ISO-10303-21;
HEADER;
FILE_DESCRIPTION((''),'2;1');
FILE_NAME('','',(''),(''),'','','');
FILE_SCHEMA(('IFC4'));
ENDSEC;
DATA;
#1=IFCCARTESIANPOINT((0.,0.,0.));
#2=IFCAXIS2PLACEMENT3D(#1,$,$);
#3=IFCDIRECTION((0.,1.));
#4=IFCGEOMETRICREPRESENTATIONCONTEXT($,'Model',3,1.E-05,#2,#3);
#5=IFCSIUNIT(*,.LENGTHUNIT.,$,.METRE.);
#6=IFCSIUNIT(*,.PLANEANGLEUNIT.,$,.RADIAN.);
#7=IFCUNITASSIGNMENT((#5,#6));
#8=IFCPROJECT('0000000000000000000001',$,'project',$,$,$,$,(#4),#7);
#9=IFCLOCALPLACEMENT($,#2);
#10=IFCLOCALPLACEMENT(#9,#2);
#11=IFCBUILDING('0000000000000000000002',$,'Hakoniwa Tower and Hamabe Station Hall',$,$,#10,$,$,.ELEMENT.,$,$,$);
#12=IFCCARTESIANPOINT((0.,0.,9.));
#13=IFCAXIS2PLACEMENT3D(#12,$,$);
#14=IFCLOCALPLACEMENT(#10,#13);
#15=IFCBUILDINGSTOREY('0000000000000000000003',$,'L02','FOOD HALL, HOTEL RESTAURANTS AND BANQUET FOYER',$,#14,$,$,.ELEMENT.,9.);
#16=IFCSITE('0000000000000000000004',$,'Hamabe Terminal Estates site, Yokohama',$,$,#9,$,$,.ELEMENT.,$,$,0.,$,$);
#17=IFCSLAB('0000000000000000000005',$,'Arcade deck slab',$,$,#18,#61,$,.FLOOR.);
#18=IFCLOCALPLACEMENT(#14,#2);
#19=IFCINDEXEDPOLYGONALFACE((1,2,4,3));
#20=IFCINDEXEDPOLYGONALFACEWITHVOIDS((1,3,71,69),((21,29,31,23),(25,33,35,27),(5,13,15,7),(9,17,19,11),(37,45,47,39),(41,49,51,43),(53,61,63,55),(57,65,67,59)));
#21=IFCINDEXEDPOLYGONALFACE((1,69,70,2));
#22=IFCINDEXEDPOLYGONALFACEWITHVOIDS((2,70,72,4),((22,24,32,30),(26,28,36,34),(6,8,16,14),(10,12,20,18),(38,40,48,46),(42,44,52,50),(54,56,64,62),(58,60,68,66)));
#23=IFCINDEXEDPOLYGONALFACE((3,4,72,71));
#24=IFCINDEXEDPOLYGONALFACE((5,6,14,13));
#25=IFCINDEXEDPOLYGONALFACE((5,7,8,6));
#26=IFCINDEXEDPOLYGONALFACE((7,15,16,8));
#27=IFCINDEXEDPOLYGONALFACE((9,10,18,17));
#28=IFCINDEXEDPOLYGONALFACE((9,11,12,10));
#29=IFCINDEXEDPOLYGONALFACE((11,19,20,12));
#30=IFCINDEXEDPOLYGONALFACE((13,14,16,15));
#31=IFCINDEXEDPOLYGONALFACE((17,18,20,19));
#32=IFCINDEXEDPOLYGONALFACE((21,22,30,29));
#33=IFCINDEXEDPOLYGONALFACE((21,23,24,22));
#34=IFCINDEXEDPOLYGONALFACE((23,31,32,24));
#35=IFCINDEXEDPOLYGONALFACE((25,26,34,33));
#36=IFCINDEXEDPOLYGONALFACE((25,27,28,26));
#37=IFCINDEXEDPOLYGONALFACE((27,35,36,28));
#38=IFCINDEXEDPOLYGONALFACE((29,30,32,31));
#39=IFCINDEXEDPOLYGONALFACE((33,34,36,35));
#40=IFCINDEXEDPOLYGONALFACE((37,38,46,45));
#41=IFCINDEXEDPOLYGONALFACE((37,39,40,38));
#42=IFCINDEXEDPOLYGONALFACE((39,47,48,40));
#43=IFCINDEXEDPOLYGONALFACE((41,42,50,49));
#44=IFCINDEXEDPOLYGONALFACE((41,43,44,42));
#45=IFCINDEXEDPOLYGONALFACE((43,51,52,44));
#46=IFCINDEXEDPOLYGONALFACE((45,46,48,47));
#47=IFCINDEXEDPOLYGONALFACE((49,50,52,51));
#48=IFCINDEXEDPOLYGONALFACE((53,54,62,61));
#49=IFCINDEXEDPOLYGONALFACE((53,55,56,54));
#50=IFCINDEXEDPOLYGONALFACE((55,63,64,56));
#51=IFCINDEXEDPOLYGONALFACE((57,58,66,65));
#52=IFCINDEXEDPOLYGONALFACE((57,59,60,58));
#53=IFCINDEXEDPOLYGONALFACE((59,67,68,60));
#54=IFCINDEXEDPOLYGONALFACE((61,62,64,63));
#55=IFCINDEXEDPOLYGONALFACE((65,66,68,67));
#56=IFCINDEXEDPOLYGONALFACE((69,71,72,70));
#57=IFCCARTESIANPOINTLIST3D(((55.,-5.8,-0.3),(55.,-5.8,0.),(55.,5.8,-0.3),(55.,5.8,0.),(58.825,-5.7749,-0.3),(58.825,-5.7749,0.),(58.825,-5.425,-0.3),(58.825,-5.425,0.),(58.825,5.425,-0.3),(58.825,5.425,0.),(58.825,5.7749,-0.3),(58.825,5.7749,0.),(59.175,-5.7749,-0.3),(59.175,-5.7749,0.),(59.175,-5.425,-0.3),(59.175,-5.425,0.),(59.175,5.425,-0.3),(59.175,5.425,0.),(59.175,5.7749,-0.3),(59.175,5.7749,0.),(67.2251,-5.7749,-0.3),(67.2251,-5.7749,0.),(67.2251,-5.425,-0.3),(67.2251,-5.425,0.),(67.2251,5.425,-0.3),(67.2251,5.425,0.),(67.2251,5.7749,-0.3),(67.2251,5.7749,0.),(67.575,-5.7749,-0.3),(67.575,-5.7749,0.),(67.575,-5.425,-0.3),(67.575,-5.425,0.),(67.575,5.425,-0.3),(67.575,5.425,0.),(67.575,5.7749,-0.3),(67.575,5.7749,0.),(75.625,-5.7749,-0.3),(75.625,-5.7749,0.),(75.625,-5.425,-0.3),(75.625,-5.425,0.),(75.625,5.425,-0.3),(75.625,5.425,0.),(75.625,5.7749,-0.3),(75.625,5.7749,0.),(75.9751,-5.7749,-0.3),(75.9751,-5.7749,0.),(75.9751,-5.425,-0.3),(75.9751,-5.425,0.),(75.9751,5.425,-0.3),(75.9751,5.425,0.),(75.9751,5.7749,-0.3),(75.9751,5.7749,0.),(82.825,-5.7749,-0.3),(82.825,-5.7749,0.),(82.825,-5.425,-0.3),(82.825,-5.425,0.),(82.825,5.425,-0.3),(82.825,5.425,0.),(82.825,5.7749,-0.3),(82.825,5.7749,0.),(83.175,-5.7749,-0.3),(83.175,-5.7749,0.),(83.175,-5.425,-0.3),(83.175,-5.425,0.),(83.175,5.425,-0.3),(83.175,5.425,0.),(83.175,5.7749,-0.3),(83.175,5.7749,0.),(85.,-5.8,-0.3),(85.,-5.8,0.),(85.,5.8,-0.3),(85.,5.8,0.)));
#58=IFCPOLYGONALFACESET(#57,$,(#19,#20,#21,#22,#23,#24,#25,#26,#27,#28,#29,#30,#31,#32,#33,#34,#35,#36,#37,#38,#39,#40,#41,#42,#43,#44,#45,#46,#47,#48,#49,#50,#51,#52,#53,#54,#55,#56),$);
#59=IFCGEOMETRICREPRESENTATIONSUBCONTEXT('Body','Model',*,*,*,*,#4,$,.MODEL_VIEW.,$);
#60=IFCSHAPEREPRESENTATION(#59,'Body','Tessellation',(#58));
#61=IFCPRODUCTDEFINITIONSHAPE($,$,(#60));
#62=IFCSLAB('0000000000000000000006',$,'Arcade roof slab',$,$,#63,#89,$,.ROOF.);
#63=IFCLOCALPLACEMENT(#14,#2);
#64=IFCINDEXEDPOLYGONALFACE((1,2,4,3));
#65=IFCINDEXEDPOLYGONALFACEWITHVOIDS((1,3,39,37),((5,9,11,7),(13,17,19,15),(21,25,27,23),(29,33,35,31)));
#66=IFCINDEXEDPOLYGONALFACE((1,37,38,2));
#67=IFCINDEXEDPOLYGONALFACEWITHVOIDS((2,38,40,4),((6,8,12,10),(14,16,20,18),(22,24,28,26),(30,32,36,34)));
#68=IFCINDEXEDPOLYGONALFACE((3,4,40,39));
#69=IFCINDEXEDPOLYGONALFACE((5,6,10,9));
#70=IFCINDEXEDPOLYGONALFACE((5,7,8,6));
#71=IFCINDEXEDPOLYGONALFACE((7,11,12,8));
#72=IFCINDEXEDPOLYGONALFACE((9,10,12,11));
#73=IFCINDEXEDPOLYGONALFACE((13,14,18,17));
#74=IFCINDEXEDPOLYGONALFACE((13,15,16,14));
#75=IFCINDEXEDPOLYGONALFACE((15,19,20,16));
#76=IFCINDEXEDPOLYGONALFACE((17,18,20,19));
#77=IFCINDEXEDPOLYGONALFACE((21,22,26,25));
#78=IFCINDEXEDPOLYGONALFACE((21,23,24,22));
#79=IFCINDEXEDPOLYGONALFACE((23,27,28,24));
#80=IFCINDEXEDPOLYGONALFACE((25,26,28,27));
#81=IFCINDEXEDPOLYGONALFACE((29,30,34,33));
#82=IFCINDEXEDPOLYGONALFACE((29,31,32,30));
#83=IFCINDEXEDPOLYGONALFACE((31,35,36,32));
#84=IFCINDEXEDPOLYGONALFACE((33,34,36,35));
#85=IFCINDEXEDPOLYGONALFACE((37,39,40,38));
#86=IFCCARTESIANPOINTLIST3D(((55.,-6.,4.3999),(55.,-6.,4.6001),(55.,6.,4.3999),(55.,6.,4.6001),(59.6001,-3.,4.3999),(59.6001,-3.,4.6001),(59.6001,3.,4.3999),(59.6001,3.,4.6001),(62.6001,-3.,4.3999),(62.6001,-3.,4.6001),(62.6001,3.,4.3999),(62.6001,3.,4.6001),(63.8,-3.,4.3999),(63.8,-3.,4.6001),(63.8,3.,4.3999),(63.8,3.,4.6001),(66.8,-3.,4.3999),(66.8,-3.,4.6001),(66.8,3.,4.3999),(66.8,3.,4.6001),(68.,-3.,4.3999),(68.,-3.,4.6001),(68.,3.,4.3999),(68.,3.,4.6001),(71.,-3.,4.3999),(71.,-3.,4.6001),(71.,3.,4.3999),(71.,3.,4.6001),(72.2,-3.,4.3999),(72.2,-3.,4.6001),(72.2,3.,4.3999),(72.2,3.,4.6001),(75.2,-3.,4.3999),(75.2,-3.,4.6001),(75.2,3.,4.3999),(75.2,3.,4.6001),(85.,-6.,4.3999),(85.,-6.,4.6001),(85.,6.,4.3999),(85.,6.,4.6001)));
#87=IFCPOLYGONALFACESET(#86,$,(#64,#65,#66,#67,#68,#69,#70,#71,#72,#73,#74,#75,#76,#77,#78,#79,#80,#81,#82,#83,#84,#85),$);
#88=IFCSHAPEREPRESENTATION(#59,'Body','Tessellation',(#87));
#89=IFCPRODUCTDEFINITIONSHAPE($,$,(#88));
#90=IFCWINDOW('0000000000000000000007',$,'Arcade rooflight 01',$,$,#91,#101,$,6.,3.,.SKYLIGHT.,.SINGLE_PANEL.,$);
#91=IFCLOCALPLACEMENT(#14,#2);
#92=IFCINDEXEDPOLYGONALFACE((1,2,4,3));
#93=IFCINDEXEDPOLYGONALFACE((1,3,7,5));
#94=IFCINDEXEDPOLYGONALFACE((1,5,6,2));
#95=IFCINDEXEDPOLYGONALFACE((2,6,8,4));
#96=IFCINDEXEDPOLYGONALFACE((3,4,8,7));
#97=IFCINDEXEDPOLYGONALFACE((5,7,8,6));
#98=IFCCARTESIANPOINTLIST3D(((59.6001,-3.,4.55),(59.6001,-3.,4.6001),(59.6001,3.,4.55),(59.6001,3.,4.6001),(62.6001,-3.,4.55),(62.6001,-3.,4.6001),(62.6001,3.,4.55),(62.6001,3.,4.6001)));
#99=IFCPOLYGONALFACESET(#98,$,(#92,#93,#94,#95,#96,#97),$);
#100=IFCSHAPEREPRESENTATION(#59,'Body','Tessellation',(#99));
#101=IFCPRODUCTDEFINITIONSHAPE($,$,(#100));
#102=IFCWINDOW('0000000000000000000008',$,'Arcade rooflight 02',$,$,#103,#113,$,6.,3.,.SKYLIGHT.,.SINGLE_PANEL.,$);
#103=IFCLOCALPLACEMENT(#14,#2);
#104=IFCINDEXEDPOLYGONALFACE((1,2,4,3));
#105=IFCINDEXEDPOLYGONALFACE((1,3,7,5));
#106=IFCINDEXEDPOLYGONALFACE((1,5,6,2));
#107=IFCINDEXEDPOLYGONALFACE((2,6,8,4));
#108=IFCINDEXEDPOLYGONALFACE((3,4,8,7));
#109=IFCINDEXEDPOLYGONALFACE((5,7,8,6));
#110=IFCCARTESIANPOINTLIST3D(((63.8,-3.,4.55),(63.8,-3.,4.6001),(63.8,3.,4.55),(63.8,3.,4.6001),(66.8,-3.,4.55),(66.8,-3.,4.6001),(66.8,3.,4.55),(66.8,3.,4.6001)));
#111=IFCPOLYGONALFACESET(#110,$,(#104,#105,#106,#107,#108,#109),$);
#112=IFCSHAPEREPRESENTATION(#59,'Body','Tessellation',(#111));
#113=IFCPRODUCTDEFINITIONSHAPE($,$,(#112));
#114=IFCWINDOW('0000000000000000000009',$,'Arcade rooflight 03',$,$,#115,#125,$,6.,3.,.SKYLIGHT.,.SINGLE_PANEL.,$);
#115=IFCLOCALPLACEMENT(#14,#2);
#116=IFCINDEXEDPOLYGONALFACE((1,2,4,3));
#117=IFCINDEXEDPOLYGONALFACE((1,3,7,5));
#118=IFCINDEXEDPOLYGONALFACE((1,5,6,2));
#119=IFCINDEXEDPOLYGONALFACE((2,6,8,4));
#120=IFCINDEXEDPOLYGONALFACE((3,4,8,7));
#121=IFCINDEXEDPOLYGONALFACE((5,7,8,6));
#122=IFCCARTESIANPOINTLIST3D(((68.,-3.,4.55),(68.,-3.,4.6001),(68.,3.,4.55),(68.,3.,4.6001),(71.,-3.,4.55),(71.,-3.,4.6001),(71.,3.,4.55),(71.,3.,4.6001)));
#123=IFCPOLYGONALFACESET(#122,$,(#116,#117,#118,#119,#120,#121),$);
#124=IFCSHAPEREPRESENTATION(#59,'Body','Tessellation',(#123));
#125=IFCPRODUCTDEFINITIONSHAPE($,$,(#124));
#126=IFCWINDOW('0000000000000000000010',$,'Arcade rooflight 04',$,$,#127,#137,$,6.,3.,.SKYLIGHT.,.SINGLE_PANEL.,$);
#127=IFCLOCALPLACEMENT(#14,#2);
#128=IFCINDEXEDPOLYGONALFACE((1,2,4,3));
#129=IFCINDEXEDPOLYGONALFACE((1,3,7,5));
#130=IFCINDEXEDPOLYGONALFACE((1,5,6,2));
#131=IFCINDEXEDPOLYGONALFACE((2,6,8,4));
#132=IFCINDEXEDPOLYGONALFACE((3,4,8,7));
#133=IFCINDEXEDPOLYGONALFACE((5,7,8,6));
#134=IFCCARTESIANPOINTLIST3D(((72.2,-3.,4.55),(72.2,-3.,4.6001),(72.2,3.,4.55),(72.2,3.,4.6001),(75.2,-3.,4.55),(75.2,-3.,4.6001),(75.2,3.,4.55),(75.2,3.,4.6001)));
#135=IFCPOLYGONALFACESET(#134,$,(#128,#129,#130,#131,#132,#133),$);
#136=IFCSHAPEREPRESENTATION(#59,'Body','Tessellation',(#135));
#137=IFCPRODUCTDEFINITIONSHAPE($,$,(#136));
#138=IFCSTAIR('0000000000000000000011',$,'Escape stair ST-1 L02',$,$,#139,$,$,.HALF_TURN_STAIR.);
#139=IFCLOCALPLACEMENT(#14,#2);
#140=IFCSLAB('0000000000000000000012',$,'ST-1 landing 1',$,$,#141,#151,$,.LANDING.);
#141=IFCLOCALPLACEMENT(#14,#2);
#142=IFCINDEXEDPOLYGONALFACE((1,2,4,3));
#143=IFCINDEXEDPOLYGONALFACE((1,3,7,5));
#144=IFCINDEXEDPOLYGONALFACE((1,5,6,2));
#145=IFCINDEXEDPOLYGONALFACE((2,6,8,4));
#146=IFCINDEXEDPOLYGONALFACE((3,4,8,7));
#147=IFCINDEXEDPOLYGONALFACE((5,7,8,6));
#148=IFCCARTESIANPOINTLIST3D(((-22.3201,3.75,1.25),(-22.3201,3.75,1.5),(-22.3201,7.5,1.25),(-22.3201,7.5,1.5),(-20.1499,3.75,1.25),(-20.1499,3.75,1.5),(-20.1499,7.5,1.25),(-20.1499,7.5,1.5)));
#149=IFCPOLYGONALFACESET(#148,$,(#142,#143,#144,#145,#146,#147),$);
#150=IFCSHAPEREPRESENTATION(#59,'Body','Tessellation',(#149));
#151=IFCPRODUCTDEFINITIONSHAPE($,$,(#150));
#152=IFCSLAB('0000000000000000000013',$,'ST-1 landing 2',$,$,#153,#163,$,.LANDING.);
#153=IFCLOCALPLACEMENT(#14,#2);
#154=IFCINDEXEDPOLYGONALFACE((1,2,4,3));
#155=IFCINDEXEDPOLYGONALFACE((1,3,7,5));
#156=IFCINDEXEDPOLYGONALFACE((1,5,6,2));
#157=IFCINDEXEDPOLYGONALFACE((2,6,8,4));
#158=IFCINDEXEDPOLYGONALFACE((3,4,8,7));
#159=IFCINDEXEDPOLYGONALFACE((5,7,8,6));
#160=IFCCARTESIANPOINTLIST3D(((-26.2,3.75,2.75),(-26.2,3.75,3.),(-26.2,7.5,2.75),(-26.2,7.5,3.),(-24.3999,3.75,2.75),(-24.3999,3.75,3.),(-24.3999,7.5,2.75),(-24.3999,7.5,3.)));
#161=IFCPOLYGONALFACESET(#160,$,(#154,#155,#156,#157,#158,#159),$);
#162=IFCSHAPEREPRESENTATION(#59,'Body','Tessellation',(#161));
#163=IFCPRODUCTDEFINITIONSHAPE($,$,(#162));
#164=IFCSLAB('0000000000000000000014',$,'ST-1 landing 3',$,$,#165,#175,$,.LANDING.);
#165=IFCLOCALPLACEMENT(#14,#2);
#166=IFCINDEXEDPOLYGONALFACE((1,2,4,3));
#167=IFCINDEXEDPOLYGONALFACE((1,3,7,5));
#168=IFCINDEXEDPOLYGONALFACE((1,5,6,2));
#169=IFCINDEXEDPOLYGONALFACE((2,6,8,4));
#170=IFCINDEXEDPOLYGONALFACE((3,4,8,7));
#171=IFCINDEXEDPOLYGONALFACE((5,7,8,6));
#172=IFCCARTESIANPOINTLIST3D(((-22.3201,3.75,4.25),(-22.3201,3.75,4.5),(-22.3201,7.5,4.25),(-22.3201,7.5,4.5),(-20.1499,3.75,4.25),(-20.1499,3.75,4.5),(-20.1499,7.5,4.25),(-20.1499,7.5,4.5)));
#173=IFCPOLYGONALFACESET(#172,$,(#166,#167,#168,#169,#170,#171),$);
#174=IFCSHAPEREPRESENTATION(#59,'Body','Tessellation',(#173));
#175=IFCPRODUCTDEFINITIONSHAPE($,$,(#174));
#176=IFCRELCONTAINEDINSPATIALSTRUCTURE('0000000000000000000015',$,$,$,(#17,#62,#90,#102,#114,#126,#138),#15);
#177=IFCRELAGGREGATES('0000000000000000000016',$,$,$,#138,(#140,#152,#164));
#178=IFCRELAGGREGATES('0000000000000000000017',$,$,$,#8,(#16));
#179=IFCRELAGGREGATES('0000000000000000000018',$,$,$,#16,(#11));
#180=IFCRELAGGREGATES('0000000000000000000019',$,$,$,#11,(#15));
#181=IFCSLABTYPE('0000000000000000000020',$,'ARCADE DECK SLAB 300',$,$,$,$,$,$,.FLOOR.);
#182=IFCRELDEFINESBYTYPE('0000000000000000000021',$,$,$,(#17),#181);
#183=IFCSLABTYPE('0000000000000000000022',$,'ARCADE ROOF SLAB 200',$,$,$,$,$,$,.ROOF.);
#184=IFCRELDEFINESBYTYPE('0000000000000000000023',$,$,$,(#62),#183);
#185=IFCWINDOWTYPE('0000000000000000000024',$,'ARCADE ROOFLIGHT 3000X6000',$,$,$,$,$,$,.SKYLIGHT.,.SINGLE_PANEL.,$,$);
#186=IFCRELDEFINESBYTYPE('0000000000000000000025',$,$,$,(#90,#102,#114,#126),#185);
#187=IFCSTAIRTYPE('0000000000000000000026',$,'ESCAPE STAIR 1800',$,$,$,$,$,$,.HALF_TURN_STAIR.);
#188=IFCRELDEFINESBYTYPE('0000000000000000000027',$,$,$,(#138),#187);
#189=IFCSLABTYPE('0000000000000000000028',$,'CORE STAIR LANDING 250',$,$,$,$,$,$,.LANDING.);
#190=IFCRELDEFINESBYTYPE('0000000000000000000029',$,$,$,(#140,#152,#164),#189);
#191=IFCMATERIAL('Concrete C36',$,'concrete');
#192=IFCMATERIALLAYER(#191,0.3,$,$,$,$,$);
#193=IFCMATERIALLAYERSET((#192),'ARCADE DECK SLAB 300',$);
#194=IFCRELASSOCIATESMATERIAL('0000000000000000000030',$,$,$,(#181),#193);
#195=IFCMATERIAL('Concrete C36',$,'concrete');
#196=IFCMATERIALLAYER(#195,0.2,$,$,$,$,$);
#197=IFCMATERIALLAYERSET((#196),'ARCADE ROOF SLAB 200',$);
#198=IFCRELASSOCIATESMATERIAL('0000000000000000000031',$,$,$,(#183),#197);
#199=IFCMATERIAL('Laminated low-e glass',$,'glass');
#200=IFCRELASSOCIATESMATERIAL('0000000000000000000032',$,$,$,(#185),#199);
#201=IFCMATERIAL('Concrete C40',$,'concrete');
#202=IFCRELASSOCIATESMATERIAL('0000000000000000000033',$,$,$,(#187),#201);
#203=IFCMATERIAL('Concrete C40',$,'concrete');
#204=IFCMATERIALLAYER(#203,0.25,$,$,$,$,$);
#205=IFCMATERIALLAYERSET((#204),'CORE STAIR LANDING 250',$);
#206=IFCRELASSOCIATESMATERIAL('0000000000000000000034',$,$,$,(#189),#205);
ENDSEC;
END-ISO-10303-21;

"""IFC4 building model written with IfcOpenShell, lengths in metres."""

from ifc_helpers import new_model, si_unit, direction, frame, origin, origin_2d, place, context, subcontext, project, spatial, polyline, rectangle, outline, extrude, material, layer, layer_set, type_object, element, fill, aggregate, save


model = new_model("IFC4")

# Units and contexts
model_context = context("Model", 3, precision=1e-05, world=origin(), true_north=direction((0.0, 1.0)))
body_context = subcontext(model_context, "Body", "Model", "MODEL_VIEW")
ifc_project = project(units=[si_unit("LENGTHUNIT", "METRE"), si_unit("PLANEANGLEUNIT", "RADIAN")], contexts=[model_context])

# Site, building, storey
site_placement = place(None, origin())
site = spatial("IfcSite", under=ifc_project, at=site_placement, Name="Hamabe Terminal Estates site, Yokohama", CompositionType="ELEMENT", RefElevation=0.0)
building_placement = place(site_placement, origin())
building = spatial("IfcBuilding", under=site, at=building_placement, Name="Hakoniwa Tower and Hamabe Station Hall", CompositionType="ELEMENT")
storey_placement = place(building_placement, frame((0.0, 0.0, 9.0)))
storey = spatial("IfcBuildingStorey", under=building, at=storey_placement, Name="L02", Description="FOOD HALL, HOTEL RESTAURANTS AND BANQUET FOYER", CompositionType="ELEMENT", Elevation=9.0)

# Slab
ifc_material_1 = material(Name="Concrete C36", Category="concrete")
ifc_layer_1 = layer(ifc_material_1, 0.3)
ifc_layer_set_1 = layer_set([ifc_layer_1], Name="ARCADE DECK SLAB 300")
slab_type_1 = type_object("IfcSlabType", Name="ARCADE DECK SLAB 300", PredefinedType="FLOOR", material=ifc_layer_set_1)
slab_1_placement = place(storey_placement, frame((0.0, 0.0, -0.3)))
element("IfcSlab", 1, at=slab_1_placement, inside=storey, type_object=slab_type_1, Name="Arcade deck slab", PredefinedType="FLOOR", context=body_context, shape_type="SweptSolid", body=[
    extrude(outline(polyline([(55.0, -5.8), (85.0, -5.8), (85.0, 5.8), (55.0, 5.8), (55.0, -5.8)]), holes=[polyline([(58.825, -5.425), (59.175, -5.425), (59.175, -5.7749), (58.825, -5.7749), (58.825, -5.425)]), polyline([(67.2251, -5.425), (67.575, -5.425), (67.575, -5.7749), (67.2251, -5.7749), (67.2251, -5.425)]), polyline([(75.625, -5.425), (75.9751, -5.425), (75.9751, -5.7749), (75.625, -5.7749), (75.625, -5.425)]), polyline([(82.825, -5.425), (83.175, -5.425), (83.175, -5.7749), (82.825, -5.7749), (82.825, -5.425)]), polyline([(58.825, 5.7749), (59.175, 5.7749), (59.175, 5.425), (58.825, 5.425), (58.825, 5.7749)]), polyline([(67.2251, 5.7749), (67.575, 5.7749), (67.575, 5.425), (67.2251, 5.425), (67.2251, 5.7749)]), polyline([(75.625, 5.7749), (75.9751, 5.7749), (75.9751, 5.425), (75.625, 5.425), (75.625, 5.7749)]), polyline([(82.825, 5.7749), (83.175, 5.7749), (83.175, 5.425), (82.825, 5.425), (82.825, 5.7749)])]), origin(), (0.0, 0.0, 1.0), 0.3),
])

# Slab, openings, windows
ifc_material_2 = material(Name="Concrete C36", Category="concrete")
ifc_layer_2 = layer(ifc_material_2, 0.2)
ifc_layer_set_2 = layer_set([ifc_layer_2], Name="ARCADE ROOF SLAB 200")
slab_type_2 = type_object("IfcSlabType", Name="ARCADE ROOF SLAB 200", PredefinedType="ROOF", material=ifc_layer_set_2)
slab_2_placement = place(storey_placement, frame((0.0, 0.0, 4.3999)))
slab_2 = element("IfcSlab", 2, at=slab_2_placement, inside=storey, type_object=slab_type_2, Name="Arcade roof slab", PredefinedType="ROOF", context=body_context, shape_type="SweptSolid", body=[
    extrude(outline(polyline([(85.0, -6.0), (85.0, 6.0), (55.0, 6.0), (55.0, -6.0), (85.0, -6.0)])), origin(), (0.0, 0.0, 1.0), 0.2002),
])
opening_1_placement = place(slab_2_placement, frame((61.1001, 0.0, 0.0)))
opening_1 = element("IfcOpeningElement", 3, at=opening_1_placement, cuts=slab_2, PredefinedType="OPENING", context=body_context, shape_type="SweptSolid", body=[
    extrude(rectangle(XDim=3.0, YDim=6.0, at=origin_2d()), origin(), (0.0, 0.0, 1.0), 0.2002),
])
opening_2_placement = place(slab_2_placement, frame((65.3, 0.0, 0.0)))
opening_2 = element("IfcOpeningElement", 4, at=opening_2_placement, cuts=slab_2, PredefinedType="OPENING", context=body_context, shape_type="SweptSolid", body=[
    extrude(rectangle(XDim=3.0, YDim=6.0, at=origin_2d()), origin(), (0.0, 0.0, 1.0), 0.2002),
])
opening_3_placement = place(slab_2_placement, frame((69.5, 0.0, 0.0)))
opening_3 = element("IfcOpeningElement", 5, at=opening_3_placement, cuts=slab_2, PredefinedType="OPENING", context=body_context, shape_type="SweptSolid", body=[
    extrude(rectangle(XDim=3.0, YDim=6.0, at=origin_2d()), origin(), (0.0, 0.0, 1.0), 0.2002),
])
opening_4_placement = place(slab_2_placement, frame((73.7, 0.0, 0.0)))
opening_4 = element("IfcOpeningElement", 6, at=opening_4_placement, cuts=slab_2, PredefinedType="OPENING", context=body_context, shape_type="SweptSolid", body=[
    extrude(rectangle(XDim=3.0, YDim=6.0, at=origin_2d()), origin(), (0.0, 0.0, 1.0), 0.2002),
])
ifc_material_3 = material(Name="Laminated low-e glass", Category="glass")
window_type = type_object("IfcWindowType", Name="ARCADE ROOFLIGHT 3000X6000", PartitioningType="SINGLE_PANEL", PredefinedType="SKYLIGHT", material=ifc_material_3)
window_1_placement = place(opening_1_placement, frame((0.0, 0.0, 0.1501)))
window_1 = element("IfcWindow", 7, at=window_1_placement, inside=storey, type_object=window_type, Name="Arcade rooflight 01", OverallHeight=6.0, OverallWidth=3.0, PartitioningType="SINGLE_PANEL", PredefinedType="SKYLIGHT", context=body_context, shape_type="SweptSolid", body=[
    extrude(rectangle(XDim=3.0, YDim=6.0, at=origin_2d()), origin(), (0.0, 0.0, 1.0), 0.05),
])
fill(opening_1, window_1)
window_2_placement = place(opening_2_placement, frame((0.0, 0.0, 0.1501)))
window_2 = element("IfcWindow", 8, at=window_2_placement, inside=storey, type_object=window_type, Name="Arcade rooflight 02", OverallHeight=6.0, OverallWidth=3.0, PartitioningType="SINGLE_PANEL", PredefinedType="SKYLIGHT", context=body_context, shape_type="SweptSolid", body=[
    extrude(rectangle(XDim=3.0, YDim=6.0, at=origin_2d()), origin(), (0.0, 0.0, 1.0), 0.05),
])
fill(opening_2, window_2)
window_3_placement = place(opening_3_placement, frame((0.0, 0.0, 0.1501)))
window_3 = element("IfcWindow", 9, at=window_3_placement, inside=storey, type_object=window_type, Name="Arcade rooflight 03", OverallHeight=6.0, OverallWidth=3.0, PartitioningType="SINGLE_PANEL", PredefinedType="SKYLIGHT", context=body_context, shape_type="SweptSolid", body=[
    extrude(rectangle(XDim=3.0, YDim=6.0, at=origin_2d()), origin(), (0.0, 0.0, 1.0), 0.05),
])
fill(opening_3, window_3)
window_4_placement = place(opening_4_placement, frame((0.0, 0.0, 0.1501)))
window_4 = element("IfcWindow", 10, at=window_4_placement, inside=storey, type_object=window_type, Name="Arcade rooflight 04", OverallHeight=6.0, OverallWidth=3.0, PartitioningType="SINGLE_PANEL", PredefinedType="SKYLIGHT", context=body_context, shape_type="SweptSolid", body=[
    extrude(rectangle(XDim=3.0, YDim=6.0, at=origin_2d()), origin(), (0.0, 0.0, 1.0), 0.05),
])
fill(opening_4, window_4)

# Stair, slabs
ifc_material_4 = material(Name="Concrete C40", Category="concrete")
stair_type_1 = type_object("IfcStairType", Name="ESCAPE STAIR 1800", PredefinedType="HALF_TURN_STAIR", material=ifc_material_4)
stair_1_placement = place(storey_placement, origin())
stair_1 = element("IfcStair", 11, at=stair_1_placement, inside=storey, type_object=stair_type_1, Name="Escape stair ST-1 L02", PredefinedType="HALF_TURN_STAIR")
ifc_material_5 = material(Name="Concrete C40", Category="concrete")
ifc_layer_3 = layer(ifc_material_5, 0.25)
ifc_layer_set_3 = layer_set([ifc_layer_3], Name="CORE STAIR LANDING 250")
slab_type_3 = type_object("IfcSlabType", Name="CORE STAIR LANDING 250", PredefinedType="LANDING", material=ifc_layer_set_3)
slab_3_placement = place(storey_placement, frame((0.0, 0.0, 1.25)))
slab_3 = element("IfcSlab", 12, at=slab_3_placement, type_object=slab_type_3, Name="ST-1 landing 1", PredefinedType="LANDING", context=body_context, shape_type="SweptSolid", body=[
    extrude(outline(polyline([(-22.3201, 3.75), (-20.1499, 3.75), (-20.1499, 7.5), (-22.3201, 7.5), (-22.3201, 3.75)])), origin(), (0.0, 0.0, 1.0), 0.25),
])
slab_4_placement = place(storey_placement, frame((0.0, 0.0, 2.75)))
slab_4 = element("IfcSlab", 13, at=slab_4_placement, type_object=slab_type_3, Name="ST-1 landing 2", PredefinedType="LANDING", context=body_context, shape_type="SweptSolid", body=[
    extrude(outline(polyline([(-26.2, 3.75), (-24.3999, 3.75), (-24.3999, 7.5), (-26.2, 7.5), (-26.2, 3.75)])), origin(), (0.0, 0.0, 1.0), 0.25),
])
slab_5_placement = place(storey_placement, frame((0.0, 0.0, 4.25)))
slab_5 = element("IfcSlab", 14, at=slab_5_placement, type_object=slab_type_3, Name="ST-1 landing 3", PredefinedType="LANDING", context=body_context, shape_type="SweptSolid", body=[
    extrude(outline(polyline([(-22.3201, 3.75), (-20.1499, 3.75), (-20.1499, 7.5), (-22.3201, 7.5), (-22.3201, 3.75)])), origin(), (0.0, 0.0, 1.0), 0.25),
])
aggregate(stair_1, [slab_3, slab_4, slab_5])

save(model, "model.ifc")
